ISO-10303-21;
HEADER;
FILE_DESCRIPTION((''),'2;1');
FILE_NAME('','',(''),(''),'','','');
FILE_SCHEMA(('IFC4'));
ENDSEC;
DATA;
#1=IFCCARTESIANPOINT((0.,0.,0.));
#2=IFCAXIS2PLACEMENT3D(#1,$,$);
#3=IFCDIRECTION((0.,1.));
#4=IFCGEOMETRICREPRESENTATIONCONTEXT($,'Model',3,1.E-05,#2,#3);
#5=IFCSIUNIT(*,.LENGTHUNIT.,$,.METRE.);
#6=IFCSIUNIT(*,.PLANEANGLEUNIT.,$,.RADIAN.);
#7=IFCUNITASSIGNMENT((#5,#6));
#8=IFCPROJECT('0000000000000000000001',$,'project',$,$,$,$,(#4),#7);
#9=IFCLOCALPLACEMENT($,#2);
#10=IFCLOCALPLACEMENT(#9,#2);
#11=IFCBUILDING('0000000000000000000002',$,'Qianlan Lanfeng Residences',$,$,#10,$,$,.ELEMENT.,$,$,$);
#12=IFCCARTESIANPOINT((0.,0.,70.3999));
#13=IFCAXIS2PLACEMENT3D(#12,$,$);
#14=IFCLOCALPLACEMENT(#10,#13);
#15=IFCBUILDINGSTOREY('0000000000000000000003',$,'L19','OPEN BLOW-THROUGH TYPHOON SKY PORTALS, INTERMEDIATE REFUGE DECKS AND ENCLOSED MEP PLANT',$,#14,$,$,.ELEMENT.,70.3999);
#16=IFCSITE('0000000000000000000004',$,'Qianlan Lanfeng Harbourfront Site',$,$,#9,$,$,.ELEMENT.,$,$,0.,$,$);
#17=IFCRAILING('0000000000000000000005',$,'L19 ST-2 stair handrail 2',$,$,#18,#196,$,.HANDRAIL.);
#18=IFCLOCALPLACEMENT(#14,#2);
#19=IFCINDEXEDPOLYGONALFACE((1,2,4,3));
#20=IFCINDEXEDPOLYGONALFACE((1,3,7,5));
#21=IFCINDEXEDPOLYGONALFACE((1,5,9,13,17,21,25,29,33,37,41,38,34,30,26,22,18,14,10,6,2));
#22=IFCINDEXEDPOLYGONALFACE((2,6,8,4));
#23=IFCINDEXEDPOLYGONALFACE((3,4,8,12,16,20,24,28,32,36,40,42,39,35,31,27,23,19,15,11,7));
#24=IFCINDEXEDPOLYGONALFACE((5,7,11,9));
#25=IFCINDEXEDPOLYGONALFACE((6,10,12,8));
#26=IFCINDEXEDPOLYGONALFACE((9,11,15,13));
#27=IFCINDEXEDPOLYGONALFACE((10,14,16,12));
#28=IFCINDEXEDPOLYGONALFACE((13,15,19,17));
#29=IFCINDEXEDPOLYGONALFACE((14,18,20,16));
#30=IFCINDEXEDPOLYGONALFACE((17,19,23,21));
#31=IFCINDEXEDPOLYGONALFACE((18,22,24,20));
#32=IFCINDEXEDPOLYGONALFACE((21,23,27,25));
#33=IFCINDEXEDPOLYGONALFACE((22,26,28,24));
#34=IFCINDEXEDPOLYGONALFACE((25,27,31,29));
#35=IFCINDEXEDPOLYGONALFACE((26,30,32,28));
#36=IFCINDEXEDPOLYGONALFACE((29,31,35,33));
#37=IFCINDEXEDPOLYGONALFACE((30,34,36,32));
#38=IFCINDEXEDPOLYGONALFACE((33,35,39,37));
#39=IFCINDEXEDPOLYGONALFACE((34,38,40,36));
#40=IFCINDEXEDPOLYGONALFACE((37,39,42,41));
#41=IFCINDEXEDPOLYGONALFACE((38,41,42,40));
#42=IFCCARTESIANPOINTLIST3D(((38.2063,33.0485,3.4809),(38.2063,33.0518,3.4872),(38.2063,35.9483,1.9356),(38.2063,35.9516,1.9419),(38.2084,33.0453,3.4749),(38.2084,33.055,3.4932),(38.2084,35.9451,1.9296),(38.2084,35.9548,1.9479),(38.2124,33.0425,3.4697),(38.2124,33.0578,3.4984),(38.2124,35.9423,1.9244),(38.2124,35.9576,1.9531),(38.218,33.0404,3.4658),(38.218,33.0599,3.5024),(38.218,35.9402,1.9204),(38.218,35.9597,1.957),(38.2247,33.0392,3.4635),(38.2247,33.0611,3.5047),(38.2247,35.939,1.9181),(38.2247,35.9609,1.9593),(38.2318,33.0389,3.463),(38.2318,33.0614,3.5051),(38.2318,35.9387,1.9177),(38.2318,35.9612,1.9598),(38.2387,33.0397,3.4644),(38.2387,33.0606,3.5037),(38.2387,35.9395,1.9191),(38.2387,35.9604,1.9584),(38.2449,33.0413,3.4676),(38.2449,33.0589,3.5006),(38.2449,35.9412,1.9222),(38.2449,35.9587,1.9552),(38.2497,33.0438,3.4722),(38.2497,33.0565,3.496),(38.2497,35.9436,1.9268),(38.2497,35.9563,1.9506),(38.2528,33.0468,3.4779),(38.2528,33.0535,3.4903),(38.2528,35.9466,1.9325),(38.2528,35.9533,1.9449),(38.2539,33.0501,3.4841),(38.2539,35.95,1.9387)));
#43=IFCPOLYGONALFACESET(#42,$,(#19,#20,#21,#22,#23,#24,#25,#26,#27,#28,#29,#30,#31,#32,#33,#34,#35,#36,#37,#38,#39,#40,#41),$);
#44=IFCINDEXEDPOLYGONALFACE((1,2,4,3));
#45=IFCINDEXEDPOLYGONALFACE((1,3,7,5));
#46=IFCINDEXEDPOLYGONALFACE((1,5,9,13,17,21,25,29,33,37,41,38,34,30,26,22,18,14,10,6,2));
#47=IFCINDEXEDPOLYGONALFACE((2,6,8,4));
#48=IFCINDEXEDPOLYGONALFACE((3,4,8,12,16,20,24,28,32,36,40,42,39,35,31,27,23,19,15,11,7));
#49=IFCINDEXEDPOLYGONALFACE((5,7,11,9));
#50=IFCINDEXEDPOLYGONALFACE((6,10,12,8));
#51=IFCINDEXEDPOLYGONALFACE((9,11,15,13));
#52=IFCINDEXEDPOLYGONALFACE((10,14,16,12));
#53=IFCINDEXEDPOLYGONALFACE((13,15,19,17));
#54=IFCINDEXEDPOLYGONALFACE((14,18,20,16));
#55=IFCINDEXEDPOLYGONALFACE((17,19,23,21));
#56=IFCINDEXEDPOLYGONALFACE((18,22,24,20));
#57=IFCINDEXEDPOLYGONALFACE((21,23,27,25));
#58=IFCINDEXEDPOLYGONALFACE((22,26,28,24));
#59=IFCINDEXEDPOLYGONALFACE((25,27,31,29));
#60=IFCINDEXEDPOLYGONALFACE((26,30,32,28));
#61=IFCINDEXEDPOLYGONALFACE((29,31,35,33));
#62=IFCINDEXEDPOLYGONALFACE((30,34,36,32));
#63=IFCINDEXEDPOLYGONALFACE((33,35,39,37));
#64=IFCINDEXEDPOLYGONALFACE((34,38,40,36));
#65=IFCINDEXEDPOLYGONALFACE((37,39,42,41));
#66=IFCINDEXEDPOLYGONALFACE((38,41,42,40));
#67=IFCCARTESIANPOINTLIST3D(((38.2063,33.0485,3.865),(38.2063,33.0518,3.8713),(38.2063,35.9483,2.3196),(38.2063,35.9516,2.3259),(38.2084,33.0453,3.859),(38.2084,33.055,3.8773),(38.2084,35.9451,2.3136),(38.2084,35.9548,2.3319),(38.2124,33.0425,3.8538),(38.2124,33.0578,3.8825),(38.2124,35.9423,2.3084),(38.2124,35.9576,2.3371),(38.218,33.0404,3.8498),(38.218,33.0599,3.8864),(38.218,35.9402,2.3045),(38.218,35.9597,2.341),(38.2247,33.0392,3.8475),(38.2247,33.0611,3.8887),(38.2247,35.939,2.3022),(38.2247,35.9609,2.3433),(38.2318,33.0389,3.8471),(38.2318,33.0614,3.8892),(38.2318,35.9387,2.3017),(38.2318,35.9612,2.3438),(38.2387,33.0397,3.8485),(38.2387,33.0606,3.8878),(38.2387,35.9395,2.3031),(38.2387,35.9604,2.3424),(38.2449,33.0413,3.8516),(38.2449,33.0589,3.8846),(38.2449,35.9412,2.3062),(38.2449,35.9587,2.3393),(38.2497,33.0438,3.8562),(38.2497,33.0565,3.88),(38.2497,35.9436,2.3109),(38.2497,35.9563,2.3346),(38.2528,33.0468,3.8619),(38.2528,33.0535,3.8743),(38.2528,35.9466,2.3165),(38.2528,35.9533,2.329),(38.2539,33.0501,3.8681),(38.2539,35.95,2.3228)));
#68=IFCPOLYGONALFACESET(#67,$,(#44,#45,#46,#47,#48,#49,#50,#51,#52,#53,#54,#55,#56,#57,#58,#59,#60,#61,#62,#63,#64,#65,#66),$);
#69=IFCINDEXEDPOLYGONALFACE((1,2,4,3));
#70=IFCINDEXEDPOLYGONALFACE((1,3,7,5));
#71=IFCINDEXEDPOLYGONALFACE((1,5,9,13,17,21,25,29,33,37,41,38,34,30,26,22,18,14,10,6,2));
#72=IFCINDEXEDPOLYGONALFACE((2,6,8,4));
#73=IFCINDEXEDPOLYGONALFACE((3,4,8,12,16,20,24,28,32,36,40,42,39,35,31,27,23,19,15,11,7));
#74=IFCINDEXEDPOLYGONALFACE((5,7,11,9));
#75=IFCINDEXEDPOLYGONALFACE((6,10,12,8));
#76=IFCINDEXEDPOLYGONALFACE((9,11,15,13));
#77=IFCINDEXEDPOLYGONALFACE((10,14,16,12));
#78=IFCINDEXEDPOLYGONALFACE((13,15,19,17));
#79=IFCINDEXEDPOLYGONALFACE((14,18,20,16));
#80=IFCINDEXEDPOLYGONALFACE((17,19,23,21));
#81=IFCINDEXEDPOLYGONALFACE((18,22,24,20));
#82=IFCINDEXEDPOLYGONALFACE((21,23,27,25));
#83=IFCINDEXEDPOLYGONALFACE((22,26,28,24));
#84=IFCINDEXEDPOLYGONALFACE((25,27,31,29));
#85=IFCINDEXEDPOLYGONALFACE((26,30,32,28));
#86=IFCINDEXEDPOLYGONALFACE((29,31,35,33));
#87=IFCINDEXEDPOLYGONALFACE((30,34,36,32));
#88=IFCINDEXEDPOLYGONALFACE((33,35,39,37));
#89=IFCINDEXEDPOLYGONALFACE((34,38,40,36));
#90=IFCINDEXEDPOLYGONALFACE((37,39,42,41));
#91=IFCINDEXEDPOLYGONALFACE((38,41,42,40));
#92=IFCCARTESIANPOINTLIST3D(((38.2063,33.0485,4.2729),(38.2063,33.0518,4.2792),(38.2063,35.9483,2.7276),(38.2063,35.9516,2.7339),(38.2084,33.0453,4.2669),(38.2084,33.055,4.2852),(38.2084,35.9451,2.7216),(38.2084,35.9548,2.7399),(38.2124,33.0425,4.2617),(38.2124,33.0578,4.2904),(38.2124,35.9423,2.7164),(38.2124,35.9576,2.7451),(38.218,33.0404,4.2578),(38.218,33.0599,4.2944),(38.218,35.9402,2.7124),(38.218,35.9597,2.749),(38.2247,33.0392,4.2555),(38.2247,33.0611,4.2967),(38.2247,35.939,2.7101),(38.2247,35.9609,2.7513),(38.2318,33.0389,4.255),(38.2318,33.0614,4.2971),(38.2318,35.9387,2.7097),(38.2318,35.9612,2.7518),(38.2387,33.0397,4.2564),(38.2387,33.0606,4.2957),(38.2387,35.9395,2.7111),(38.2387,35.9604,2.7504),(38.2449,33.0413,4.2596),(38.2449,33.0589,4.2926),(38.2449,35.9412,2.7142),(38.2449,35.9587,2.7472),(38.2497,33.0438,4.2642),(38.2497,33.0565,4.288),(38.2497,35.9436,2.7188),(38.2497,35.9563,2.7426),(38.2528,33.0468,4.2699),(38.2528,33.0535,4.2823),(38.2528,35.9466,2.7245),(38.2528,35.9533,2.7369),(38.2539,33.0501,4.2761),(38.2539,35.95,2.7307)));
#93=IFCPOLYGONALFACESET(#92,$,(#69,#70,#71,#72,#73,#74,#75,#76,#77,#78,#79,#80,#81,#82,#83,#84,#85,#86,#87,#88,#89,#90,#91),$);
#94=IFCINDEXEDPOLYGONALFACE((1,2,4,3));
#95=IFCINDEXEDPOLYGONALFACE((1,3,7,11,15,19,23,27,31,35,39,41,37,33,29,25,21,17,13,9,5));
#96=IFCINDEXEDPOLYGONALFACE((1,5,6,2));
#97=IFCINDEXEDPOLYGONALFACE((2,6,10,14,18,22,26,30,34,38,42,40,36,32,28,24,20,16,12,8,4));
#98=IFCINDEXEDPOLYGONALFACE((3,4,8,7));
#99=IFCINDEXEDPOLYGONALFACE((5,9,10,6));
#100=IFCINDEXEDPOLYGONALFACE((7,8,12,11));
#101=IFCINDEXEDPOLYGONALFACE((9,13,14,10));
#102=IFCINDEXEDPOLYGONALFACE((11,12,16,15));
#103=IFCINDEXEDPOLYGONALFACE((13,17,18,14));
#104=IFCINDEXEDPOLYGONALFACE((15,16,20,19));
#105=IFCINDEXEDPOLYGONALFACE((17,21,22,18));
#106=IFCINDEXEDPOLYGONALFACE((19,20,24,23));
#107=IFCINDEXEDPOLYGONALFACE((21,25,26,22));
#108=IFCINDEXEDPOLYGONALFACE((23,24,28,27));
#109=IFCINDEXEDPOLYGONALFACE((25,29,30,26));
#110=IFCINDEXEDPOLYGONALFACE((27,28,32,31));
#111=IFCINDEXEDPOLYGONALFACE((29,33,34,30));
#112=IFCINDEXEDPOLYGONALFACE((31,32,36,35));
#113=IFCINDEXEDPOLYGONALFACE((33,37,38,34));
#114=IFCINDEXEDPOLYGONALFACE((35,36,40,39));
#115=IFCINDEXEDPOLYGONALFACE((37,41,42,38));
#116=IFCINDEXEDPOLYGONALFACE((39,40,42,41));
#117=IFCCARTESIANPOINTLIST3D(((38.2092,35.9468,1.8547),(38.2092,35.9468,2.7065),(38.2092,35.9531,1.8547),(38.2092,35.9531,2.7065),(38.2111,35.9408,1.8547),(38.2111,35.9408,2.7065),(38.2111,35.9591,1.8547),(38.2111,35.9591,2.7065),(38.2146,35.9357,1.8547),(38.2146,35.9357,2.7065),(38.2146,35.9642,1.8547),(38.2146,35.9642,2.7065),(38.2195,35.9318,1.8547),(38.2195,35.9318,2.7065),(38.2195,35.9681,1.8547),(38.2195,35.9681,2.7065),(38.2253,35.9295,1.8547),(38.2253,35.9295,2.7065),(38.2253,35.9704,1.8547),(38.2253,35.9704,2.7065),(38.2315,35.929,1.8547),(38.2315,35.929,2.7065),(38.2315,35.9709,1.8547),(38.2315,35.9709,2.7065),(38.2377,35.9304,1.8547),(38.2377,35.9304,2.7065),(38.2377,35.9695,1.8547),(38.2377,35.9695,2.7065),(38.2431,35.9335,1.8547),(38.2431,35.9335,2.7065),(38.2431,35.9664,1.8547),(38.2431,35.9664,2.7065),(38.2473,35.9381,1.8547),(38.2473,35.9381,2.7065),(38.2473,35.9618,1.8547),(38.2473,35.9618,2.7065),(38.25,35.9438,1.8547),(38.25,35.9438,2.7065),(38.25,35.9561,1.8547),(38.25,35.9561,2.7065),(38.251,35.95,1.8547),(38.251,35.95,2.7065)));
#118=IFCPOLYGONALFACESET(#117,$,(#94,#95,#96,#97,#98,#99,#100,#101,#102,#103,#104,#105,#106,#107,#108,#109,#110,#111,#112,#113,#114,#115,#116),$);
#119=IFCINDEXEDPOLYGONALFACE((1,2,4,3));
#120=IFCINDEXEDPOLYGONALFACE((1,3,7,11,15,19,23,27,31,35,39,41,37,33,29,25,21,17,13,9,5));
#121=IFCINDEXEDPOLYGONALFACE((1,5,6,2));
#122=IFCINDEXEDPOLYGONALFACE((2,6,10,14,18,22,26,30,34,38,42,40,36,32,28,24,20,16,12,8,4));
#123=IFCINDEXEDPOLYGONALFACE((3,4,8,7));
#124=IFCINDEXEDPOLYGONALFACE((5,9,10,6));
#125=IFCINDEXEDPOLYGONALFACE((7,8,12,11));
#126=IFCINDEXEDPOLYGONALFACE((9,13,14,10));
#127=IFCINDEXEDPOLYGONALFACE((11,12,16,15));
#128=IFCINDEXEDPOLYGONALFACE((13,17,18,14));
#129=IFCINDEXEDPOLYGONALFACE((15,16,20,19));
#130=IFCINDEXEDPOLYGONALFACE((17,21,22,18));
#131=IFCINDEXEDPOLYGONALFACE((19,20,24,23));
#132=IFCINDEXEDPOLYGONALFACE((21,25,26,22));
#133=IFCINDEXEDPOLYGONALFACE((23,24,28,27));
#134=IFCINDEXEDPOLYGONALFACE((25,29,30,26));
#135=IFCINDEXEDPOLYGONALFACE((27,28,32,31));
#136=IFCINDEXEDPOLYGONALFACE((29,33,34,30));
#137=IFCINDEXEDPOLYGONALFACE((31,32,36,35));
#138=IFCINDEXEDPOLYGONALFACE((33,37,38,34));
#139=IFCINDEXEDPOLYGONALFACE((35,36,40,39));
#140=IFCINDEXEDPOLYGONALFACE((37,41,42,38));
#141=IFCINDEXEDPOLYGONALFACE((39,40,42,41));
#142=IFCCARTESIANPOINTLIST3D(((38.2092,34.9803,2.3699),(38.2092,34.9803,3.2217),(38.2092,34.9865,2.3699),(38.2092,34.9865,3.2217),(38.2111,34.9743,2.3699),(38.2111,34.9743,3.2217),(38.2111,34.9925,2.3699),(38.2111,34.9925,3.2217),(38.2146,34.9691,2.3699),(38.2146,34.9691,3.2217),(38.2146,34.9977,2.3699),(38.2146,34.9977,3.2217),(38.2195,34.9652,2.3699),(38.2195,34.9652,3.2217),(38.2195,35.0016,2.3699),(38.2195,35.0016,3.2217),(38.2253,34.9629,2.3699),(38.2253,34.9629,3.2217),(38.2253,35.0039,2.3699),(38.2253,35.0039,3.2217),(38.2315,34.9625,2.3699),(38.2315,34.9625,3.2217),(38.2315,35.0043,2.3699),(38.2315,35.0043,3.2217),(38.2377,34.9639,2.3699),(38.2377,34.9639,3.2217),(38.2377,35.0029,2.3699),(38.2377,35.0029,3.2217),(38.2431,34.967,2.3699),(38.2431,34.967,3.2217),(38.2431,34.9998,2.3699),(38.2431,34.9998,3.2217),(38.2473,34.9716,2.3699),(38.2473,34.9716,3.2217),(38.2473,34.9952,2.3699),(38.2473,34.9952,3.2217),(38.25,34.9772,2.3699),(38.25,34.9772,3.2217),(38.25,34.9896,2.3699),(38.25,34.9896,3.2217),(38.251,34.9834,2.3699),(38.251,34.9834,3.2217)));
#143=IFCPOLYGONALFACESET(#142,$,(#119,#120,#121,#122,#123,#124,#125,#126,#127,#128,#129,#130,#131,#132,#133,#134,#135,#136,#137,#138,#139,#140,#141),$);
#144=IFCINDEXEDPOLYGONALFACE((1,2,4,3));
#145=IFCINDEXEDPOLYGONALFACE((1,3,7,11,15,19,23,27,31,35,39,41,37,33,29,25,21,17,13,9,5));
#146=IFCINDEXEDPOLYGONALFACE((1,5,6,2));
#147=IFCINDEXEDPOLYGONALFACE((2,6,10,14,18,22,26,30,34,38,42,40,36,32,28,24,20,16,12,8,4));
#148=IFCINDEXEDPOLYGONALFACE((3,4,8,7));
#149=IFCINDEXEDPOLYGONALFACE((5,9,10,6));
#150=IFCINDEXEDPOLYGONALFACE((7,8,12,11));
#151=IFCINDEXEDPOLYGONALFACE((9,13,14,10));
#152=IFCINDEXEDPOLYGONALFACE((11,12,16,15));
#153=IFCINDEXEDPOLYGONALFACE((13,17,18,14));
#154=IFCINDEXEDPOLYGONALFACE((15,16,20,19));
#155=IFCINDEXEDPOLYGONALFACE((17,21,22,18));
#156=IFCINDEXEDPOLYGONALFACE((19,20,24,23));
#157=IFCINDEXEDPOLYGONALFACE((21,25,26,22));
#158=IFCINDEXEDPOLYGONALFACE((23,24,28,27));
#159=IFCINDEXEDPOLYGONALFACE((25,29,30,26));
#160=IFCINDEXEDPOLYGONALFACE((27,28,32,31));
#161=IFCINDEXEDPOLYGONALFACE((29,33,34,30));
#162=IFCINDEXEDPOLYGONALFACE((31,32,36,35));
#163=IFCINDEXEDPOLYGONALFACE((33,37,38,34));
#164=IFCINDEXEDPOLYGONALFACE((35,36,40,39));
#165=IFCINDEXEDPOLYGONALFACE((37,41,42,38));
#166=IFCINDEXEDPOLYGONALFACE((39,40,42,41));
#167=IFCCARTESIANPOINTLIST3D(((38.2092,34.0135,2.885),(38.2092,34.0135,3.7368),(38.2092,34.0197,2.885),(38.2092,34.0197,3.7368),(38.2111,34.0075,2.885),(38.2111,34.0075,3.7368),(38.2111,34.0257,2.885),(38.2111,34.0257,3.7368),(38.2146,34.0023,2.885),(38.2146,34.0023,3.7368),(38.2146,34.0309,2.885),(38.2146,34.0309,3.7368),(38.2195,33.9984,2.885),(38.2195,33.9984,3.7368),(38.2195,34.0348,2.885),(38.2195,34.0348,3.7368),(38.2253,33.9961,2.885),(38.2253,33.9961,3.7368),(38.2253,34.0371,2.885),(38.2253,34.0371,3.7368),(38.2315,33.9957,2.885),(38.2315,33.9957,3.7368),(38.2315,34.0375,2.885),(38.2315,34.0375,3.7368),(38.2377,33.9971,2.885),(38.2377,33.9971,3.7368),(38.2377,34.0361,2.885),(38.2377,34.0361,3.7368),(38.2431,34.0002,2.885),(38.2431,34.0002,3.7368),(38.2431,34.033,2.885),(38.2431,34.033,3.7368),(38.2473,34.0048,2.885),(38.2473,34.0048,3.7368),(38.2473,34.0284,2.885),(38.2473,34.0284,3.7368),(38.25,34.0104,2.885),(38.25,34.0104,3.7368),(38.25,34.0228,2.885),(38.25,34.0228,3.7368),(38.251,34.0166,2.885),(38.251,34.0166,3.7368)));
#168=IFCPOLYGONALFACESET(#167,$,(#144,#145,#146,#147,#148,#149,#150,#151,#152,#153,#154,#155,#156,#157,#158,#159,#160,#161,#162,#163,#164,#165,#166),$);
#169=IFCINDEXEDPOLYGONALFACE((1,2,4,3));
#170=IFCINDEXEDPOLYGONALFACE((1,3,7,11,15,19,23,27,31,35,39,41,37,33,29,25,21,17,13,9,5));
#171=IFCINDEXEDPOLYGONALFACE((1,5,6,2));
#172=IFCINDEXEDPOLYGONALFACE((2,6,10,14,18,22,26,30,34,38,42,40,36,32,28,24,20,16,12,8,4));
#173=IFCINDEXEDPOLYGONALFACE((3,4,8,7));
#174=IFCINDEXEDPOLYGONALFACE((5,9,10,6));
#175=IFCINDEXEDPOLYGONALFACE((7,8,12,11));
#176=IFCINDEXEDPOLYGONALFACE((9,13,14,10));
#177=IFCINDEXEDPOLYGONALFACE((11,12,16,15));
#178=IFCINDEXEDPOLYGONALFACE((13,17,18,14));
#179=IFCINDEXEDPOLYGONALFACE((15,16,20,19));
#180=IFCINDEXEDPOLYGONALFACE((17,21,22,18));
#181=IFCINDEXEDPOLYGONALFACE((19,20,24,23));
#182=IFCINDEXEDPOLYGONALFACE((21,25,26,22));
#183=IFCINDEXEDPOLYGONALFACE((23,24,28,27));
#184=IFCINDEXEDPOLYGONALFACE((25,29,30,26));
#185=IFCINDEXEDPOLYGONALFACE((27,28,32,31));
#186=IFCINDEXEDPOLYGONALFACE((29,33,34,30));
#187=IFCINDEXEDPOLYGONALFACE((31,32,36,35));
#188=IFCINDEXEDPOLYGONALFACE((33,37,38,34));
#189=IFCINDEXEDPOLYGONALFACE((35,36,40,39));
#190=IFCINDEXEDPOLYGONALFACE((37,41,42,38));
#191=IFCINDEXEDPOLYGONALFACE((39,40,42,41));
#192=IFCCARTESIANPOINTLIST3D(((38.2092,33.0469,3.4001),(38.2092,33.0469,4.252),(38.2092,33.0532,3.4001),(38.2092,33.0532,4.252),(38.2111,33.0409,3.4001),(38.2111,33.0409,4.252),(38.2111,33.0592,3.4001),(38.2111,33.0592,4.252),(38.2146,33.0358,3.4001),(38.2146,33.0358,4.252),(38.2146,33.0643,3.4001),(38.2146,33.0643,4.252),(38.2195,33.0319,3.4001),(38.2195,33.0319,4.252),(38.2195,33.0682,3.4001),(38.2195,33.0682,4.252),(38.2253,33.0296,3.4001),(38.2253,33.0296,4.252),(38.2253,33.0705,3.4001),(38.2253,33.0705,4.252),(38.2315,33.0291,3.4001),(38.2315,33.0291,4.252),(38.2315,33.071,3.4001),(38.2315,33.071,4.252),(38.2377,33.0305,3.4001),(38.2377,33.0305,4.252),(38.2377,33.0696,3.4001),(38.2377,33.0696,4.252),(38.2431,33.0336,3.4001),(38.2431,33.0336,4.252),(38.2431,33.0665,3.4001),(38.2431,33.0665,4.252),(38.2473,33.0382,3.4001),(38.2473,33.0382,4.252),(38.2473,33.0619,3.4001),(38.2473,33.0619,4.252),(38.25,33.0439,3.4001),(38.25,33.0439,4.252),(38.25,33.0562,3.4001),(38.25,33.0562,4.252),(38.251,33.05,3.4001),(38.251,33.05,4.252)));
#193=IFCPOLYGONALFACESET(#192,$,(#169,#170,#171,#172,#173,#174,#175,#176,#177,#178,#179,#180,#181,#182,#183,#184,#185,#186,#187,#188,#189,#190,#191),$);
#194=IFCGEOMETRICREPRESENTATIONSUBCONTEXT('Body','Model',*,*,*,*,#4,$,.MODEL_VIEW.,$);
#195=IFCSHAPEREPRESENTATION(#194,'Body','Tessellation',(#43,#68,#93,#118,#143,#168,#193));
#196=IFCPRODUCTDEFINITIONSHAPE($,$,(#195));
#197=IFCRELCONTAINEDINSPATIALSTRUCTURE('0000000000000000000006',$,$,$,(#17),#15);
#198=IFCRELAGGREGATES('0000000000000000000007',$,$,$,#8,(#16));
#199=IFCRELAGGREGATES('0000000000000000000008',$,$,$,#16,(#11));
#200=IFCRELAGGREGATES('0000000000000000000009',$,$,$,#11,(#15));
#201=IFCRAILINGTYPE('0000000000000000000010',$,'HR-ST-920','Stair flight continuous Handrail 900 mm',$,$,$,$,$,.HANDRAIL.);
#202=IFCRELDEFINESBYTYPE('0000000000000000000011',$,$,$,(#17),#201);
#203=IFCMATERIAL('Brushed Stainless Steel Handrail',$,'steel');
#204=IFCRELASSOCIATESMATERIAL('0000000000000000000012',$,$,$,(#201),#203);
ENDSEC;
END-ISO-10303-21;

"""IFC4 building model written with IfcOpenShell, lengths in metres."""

from ifc_helpers import new_model, si_unit, direction, frame, origin, origin_2d, place, context, subcontext, project, spatial, circle, extrude, material, type_object, element, save


model = new_model("IFC4")

# Units and contexts
model_context = context("Model", 3, precision=1e-05, world=origin(), true_north=direction((0.0, 1.0)))
body_context = subcontext(model_context, "Body", "Model", "MODEL_VIEW")
ifc_project = project(units=[si_unit("LENGTHUNIT", "METRE"), si_unit("PLANEANGLEUNIT", "RADIAN")], contexts=[model_context])

# Site, building, storey
site_placement = place(None, origin())
site = spatial("IfcSite", under=ifc_project, at=site_placement, Name="Qianlan Lanfeng Harbourfront Site", CompositionType="ELEMENT", RefElevation=0.0)
building_placement = place(site_placement, origin())
building = spatial("IfcBuilding", under=site, at=building_placement, Name="Qianlan Lanfeng Residences", CompositionType="ELEMENT")
storey_placement = place(building_placement, frame((0.0, 0.0, 70.3999)))
storey = spatial("IfcBuildingStorey", under=building, at=storey_placement, Name="L19", Description="OPEN BLOW-THROUGH TYPHOON SKY PORTALS, INTERMEDIATE REFUGE DECKS AND ENCLOSED MEP PLANT", CompositionType="ELEMENT", Elevation=70.3999)

# Railing
ifc_material_1 = material(Name="Brushed Stainless Steel Handrail", Category="steel")
railing_type_1 = type_object("IfcRailingType", Name="HR-ST-920", Description="Stair flight continuous Handrail 900 mm", PredefinedType="HANDRAIL", material=ifc_material_1)
for number, where, name in (
    (1, (38.23, 35.95, 1.8547), "L19 ST-2 stair handrail 2"),
):
    element("IfcRailing", number, at=place(storey_placement, frame(where)), inside=storey, type_object=railing_type_1, Name=name, PredefinedType="HANDRAIL", context=body_context, shape_type="SweptSolid", body=[
        extrude(circle(Radius=0.0239, at=origin_2d()), frame((0.0, 0.0, 0.084), z_axis=(0.0, -0.882505, 0.470303), x_axis=(1.0, 0.0, 0.0)), (0.0, 0.0, 1.0), 3.2859),
        extrude(circle(Radius=0.0239, at=origin_2d()), frame((0.0, 0.0, 0.468), z_axis=(0.0, -0.882505, 0.470303), x_axis=(1.0, 0.0, 0.0)), (0.0, 0.0, 1.0), 3.2859),
        extrude(circle(Radius=0.0239, at=origin_2d()), frame((0.0, 0.0, 0.876), z_axis=(0.0, -0.882505, 0.470303), x_axis=(1.0, 0.0, 0.0)), (0.0, 0.0, 1.0), 3.2859),
        extrude(circle(Radius=0.021, at=origin_2d()), origin(), (0.0, 0.0, 1.0), 0.8518),
        extrude(circle(Radius=0.021, at=origin_2d()), frame((0.0, -0.9666, 0.5151)), (0.0, 0.0, 1.0), 0.8518),
        extrude(circle(Radius=0.021, at=origin_2d()), frame((0.0, -1.9333, 1.0303)), (0.0, 0.0, 1.0), 0.8518),
        extrude(circle(Radius=0.021, at=origin_2d()), frame((0.0, -2.8999, 1.5454)), (0.0, 0.0, 1.0), 0.8518),
    ])

save(model, "model.ifc")
